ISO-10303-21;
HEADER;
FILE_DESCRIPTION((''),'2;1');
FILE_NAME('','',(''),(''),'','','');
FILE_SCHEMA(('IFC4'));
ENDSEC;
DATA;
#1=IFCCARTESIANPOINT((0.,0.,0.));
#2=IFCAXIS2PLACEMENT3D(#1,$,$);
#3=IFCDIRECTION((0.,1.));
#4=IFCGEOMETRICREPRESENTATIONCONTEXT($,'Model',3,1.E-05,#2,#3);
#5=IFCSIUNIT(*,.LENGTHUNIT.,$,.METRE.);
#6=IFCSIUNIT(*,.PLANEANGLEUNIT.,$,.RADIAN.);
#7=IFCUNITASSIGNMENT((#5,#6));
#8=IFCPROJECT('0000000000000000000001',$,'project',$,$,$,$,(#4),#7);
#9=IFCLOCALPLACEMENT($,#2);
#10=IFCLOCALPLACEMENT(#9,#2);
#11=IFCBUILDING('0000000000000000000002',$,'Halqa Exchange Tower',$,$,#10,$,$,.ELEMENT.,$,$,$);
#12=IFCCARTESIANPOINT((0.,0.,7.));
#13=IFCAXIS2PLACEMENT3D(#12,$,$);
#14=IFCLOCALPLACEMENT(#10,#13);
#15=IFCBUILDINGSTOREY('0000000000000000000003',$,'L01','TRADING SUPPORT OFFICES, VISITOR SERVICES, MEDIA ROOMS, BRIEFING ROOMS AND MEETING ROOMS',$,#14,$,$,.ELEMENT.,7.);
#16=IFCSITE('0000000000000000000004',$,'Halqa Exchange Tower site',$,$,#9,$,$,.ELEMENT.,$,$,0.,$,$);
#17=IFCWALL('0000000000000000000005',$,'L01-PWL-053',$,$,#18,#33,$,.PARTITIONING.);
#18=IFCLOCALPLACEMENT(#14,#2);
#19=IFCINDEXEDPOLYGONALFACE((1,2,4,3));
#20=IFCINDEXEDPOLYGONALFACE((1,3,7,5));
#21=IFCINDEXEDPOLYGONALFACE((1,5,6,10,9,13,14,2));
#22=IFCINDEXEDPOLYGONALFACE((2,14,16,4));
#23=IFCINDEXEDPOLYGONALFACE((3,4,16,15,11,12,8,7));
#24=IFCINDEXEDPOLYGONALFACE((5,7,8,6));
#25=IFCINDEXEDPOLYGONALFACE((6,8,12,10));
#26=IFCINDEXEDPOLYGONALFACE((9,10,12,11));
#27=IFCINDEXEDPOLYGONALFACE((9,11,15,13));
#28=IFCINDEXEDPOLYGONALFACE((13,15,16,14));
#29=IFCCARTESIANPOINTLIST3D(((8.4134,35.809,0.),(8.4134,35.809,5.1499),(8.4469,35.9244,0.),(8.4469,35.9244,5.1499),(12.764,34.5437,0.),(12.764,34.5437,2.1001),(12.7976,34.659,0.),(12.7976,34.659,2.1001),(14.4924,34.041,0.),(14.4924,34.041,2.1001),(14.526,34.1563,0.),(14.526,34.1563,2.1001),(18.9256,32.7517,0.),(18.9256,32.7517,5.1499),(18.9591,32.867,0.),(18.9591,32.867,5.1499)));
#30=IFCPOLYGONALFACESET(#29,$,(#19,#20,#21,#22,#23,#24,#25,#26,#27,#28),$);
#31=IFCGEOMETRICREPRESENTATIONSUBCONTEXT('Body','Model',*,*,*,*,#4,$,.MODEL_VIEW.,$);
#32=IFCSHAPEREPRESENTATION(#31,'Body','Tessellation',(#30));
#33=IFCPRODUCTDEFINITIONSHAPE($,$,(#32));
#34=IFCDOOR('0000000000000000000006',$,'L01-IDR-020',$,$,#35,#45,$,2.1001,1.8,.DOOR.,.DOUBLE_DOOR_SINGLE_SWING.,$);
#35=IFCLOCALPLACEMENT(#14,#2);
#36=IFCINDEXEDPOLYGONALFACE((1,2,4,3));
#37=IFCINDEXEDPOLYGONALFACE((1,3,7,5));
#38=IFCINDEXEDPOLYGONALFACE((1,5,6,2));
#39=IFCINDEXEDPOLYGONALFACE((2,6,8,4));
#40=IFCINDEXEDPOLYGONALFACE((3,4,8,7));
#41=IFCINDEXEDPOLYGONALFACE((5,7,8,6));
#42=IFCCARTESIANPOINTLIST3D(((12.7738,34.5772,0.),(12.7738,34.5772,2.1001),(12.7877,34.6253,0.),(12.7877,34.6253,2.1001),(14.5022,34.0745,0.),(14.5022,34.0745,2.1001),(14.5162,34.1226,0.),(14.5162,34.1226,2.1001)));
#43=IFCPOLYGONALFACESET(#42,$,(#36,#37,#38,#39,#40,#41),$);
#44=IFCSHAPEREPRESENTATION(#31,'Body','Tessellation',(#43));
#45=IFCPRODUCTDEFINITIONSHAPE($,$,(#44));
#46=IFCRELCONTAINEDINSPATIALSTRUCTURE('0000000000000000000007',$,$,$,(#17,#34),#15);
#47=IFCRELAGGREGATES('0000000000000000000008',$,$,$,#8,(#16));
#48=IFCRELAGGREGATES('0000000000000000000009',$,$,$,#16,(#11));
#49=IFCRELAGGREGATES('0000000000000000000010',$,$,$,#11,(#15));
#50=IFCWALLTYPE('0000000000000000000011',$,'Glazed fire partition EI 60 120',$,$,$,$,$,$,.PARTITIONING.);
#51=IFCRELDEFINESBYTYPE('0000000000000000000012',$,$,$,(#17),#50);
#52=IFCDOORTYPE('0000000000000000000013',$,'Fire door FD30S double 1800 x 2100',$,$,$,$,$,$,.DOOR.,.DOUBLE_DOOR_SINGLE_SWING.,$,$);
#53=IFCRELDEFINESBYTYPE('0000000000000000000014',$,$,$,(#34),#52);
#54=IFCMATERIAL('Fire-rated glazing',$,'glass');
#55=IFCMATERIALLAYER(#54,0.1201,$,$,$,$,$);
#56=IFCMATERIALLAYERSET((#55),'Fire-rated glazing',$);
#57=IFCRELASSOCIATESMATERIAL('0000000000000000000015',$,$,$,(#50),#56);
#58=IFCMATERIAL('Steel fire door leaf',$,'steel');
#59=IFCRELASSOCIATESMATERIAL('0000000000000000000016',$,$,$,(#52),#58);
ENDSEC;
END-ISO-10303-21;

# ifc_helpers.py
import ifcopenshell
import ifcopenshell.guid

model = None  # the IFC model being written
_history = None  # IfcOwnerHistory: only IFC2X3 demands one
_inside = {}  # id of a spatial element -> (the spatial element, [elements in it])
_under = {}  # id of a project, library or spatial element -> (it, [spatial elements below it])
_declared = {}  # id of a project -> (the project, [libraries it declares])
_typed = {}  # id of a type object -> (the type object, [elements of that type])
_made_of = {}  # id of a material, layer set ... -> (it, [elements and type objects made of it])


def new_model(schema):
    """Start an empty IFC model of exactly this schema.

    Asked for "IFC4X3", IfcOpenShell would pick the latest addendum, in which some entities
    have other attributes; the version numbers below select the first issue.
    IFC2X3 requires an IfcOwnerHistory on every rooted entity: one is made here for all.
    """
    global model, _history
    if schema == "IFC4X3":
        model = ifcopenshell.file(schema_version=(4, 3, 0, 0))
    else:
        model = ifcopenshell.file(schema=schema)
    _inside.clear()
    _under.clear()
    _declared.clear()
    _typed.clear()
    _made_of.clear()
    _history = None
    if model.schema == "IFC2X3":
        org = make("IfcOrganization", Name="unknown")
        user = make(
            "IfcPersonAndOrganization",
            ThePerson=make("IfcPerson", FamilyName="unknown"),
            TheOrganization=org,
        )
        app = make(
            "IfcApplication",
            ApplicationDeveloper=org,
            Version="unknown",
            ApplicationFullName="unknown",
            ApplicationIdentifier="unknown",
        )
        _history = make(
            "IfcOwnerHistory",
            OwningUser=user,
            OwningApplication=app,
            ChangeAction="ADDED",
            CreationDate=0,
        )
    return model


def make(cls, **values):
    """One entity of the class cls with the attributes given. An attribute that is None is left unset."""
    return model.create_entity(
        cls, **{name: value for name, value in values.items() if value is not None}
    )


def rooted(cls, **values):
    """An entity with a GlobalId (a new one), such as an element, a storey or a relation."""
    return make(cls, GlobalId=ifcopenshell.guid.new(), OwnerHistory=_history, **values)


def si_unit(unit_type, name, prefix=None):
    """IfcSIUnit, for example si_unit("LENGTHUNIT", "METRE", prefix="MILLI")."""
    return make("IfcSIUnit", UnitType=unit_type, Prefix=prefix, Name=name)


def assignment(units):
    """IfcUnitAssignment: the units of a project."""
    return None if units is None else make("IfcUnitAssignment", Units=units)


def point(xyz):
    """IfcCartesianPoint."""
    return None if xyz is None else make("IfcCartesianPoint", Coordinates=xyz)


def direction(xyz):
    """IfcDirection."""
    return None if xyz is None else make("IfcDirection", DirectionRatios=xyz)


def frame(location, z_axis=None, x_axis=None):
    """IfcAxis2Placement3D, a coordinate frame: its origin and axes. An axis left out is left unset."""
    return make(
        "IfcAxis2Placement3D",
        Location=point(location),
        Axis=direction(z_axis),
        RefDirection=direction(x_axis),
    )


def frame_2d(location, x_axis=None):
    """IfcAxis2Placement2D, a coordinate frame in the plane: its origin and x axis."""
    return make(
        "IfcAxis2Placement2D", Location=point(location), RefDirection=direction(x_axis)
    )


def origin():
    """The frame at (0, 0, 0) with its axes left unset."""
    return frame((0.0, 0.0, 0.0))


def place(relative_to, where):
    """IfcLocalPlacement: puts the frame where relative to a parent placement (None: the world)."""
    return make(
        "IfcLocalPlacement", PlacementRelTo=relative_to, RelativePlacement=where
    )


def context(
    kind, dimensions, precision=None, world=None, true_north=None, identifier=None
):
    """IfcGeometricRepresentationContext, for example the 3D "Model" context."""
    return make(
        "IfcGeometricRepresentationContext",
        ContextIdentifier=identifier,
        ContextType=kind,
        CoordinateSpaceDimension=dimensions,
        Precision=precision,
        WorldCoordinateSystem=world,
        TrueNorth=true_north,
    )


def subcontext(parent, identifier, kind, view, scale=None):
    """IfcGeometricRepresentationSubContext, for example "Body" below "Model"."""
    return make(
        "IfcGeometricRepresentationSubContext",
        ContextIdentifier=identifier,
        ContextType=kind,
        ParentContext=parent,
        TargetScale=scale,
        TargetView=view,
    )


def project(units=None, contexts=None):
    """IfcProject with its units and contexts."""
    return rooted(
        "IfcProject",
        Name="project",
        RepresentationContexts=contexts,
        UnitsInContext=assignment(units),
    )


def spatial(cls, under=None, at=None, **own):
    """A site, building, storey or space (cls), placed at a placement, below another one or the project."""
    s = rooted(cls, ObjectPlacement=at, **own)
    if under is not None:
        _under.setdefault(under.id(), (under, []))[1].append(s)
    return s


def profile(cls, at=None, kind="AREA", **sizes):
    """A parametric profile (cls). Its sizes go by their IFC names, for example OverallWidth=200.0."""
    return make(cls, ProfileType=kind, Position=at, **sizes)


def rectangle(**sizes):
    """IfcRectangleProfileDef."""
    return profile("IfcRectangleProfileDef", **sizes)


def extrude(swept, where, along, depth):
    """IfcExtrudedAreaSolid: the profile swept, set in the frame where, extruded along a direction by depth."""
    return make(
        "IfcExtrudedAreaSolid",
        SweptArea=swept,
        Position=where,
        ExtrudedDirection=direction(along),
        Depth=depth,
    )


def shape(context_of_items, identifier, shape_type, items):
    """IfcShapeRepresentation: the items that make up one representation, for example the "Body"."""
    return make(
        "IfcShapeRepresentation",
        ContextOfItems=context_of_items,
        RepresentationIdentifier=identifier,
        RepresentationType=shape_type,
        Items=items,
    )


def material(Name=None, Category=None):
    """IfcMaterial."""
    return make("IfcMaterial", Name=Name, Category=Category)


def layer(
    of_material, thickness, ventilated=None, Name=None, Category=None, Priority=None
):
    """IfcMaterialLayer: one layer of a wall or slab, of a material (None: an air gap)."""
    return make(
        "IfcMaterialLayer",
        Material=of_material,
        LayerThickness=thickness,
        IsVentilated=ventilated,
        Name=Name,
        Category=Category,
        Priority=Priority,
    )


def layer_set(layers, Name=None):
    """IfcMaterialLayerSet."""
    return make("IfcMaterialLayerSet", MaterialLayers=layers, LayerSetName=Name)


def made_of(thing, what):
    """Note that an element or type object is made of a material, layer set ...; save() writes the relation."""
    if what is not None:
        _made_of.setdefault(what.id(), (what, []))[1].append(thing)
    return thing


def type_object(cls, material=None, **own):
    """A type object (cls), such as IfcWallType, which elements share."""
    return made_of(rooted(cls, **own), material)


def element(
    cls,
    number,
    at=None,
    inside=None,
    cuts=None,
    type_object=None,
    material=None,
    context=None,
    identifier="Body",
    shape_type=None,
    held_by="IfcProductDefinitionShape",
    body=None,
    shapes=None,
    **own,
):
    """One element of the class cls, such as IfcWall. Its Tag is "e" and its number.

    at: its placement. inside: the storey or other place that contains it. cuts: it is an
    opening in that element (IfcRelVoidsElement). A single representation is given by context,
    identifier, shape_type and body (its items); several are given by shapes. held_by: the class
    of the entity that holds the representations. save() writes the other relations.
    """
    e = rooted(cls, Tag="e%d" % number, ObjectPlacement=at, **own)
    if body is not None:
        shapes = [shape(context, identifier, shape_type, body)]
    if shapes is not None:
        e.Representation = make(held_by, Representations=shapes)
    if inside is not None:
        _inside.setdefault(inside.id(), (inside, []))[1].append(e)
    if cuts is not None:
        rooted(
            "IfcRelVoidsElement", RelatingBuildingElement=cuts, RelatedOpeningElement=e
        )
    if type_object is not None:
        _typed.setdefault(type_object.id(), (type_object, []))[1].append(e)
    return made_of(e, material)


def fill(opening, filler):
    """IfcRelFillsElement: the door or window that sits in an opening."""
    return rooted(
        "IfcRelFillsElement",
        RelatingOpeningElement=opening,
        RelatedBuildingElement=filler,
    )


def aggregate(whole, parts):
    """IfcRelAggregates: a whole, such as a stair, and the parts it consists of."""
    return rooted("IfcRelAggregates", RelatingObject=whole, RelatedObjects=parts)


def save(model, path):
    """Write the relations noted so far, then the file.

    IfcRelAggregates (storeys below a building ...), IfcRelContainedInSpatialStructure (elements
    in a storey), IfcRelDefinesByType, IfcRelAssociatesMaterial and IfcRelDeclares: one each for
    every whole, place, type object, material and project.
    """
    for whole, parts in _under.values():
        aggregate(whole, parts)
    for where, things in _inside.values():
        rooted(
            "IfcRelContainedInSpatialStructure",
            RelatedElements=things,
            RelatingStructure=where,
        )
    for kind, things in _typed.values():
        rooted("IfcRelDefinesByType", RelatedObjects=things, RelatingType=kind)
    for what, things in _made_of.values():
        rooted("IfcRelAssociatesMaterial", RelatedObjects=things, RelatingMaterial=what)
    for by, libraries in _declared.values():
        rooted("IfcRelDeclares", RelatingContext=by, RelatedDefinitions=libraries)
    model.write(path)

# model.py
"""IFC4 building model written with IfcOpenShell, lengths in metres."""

from ifc_helpers import new_model, si_unit, direction, frame, frame_2d, origin, place, context, subcontext, project, spatial, rectangle, extrude, material, layer, layer_set, type_object, element, fill, save


model = new_model("IFC4")

# Units and contexts
model_context = context("Model", 3, precision=1e-05, world=origin(), true_north=direction((0.0, 1.0)))
body_context = subcontext(model_context, "Body", "Model", "MODEL_VIEW")
ifc_project = project(units=[si_unit("LENGTHUNIT", "METRE"), si_unit("PLANEANGLEUNIT", "RADIAN")], contexts=[model_context])

# Site, building, storey
site_placement = place(None, origin())
site = spatial("IfcSite", under=ifc_project, at=site_placement, Name="Halqa Exchange Tower site", CompositionType="ELEMENT", RefElevation=0.0)
building_placement = place(site_placement, origin())
building = spatial("IfcBuilding", under=site, at=building_placement, Name="Halqa Exchange Tower", CompositionType="ELEMENT")
storey_placement = place(building_placement, frame((0.0, 0.0, 7.0)))
storey = spatial("IfcBuildingStorey", under=building, at=storey_placement, Name="L01", Description="TRADING SUPPORT OFFICES, VISITOR SERVICES, MEDIA ROOMS, BRIEFING ROOMS AND MEETING ROOMS", CompositionType="ELEMENT", Elevation=7.0)

# Wall, opening, door
ifc_material_1 = material(Name="Fire-rated glazing", Category="glass")
ifc_layer_1 = layer(ifc_material_1, 0.1201)
ifc_layer_set_1 = layer_set([ifc_layer_1], Name="Fire-rated glazing")
wall_type_1 = type_object("IfcWallType", Name="Glazed fire partition EI 60 120", PredefinedType="PARTITIONING", material=ifc_layer_set_1)
wall_1_placement = place(storey_placement, frame((8.4302, 35.8667, 0.0), z_axis=(0.0, 0.0, 1.0), x_axis=(0.960213, -0.279269, 0.0)))
wall_1 = element("IfcWall", 1, at=wall_1_placement, inside=storey, type_object=wall_type_1, Name="L01-PWL-053", PredefinedType="PARTITIONING", context=body_context, shape_type="SweptSolid", body=[
    extrude(rectangle(XDim=10.9478, YDim=0.1201, at=frame_2d((5.4739, 0.0))), origin(), (0.0, 0.0, 1.0), 5.1499),
])
opening_placement = place(wall_1_placement, frame((4.531, 0.0, 0.0)))
opening = element("IfcOpeningElement", 2, at=opening_placement, cuts=wall_1, PredefinedType="OPENING", context=body_context, shape_type="SweptSolid", body=[
    extrude(rectangle(XDim=1.8, YDim=2.1001, at=frame_2d((0.8999, 1.05))), frame((0.0, 0.072, 0.0), z_axis=(0.0, -1.0, 0.0), x_axis=(1.0, 0.0, 0.0)), (0.0, 0.0, 1.0), 0.144),
])
ifc_material_2 = material(Name="Steel fire door leaf", Category="steel")
door_type = type_object("IfcDoorType", Name="Fire door FD30S double 1800 x 2100", OperationType="DOUBLE_DOOR_SINGLE_SWING", PredefinedType="DOOR", material=ifc_material_2)
door_placement = place(opening_placement, origin())
door = element("IfcDoor", 3, at=door_placement, inside=storey, type_object=door_type, Name="L01-IDR-020", OperationType="DOUBLE_DOOR_SINGLE_SWING", OverallHeight=2.1001, OverallWidth=1.8, PredefinedType="DOOR", context=body_context, shape_type="SweptSolid", body=[
    extrude(rectangle(XDim=1.8, YDim=2.1001, at=frame_2d((0.8999, 1.05))), frame((0.0, 0.0249, 0.0), z_axis=(0.0, -1.0, 0.0), x_axis=(1.0, 0.0, 0.0)), (0.0, 0.0, 1.0), 0.05),
])
fill(opening, door)

save(model, "model.ifc")
